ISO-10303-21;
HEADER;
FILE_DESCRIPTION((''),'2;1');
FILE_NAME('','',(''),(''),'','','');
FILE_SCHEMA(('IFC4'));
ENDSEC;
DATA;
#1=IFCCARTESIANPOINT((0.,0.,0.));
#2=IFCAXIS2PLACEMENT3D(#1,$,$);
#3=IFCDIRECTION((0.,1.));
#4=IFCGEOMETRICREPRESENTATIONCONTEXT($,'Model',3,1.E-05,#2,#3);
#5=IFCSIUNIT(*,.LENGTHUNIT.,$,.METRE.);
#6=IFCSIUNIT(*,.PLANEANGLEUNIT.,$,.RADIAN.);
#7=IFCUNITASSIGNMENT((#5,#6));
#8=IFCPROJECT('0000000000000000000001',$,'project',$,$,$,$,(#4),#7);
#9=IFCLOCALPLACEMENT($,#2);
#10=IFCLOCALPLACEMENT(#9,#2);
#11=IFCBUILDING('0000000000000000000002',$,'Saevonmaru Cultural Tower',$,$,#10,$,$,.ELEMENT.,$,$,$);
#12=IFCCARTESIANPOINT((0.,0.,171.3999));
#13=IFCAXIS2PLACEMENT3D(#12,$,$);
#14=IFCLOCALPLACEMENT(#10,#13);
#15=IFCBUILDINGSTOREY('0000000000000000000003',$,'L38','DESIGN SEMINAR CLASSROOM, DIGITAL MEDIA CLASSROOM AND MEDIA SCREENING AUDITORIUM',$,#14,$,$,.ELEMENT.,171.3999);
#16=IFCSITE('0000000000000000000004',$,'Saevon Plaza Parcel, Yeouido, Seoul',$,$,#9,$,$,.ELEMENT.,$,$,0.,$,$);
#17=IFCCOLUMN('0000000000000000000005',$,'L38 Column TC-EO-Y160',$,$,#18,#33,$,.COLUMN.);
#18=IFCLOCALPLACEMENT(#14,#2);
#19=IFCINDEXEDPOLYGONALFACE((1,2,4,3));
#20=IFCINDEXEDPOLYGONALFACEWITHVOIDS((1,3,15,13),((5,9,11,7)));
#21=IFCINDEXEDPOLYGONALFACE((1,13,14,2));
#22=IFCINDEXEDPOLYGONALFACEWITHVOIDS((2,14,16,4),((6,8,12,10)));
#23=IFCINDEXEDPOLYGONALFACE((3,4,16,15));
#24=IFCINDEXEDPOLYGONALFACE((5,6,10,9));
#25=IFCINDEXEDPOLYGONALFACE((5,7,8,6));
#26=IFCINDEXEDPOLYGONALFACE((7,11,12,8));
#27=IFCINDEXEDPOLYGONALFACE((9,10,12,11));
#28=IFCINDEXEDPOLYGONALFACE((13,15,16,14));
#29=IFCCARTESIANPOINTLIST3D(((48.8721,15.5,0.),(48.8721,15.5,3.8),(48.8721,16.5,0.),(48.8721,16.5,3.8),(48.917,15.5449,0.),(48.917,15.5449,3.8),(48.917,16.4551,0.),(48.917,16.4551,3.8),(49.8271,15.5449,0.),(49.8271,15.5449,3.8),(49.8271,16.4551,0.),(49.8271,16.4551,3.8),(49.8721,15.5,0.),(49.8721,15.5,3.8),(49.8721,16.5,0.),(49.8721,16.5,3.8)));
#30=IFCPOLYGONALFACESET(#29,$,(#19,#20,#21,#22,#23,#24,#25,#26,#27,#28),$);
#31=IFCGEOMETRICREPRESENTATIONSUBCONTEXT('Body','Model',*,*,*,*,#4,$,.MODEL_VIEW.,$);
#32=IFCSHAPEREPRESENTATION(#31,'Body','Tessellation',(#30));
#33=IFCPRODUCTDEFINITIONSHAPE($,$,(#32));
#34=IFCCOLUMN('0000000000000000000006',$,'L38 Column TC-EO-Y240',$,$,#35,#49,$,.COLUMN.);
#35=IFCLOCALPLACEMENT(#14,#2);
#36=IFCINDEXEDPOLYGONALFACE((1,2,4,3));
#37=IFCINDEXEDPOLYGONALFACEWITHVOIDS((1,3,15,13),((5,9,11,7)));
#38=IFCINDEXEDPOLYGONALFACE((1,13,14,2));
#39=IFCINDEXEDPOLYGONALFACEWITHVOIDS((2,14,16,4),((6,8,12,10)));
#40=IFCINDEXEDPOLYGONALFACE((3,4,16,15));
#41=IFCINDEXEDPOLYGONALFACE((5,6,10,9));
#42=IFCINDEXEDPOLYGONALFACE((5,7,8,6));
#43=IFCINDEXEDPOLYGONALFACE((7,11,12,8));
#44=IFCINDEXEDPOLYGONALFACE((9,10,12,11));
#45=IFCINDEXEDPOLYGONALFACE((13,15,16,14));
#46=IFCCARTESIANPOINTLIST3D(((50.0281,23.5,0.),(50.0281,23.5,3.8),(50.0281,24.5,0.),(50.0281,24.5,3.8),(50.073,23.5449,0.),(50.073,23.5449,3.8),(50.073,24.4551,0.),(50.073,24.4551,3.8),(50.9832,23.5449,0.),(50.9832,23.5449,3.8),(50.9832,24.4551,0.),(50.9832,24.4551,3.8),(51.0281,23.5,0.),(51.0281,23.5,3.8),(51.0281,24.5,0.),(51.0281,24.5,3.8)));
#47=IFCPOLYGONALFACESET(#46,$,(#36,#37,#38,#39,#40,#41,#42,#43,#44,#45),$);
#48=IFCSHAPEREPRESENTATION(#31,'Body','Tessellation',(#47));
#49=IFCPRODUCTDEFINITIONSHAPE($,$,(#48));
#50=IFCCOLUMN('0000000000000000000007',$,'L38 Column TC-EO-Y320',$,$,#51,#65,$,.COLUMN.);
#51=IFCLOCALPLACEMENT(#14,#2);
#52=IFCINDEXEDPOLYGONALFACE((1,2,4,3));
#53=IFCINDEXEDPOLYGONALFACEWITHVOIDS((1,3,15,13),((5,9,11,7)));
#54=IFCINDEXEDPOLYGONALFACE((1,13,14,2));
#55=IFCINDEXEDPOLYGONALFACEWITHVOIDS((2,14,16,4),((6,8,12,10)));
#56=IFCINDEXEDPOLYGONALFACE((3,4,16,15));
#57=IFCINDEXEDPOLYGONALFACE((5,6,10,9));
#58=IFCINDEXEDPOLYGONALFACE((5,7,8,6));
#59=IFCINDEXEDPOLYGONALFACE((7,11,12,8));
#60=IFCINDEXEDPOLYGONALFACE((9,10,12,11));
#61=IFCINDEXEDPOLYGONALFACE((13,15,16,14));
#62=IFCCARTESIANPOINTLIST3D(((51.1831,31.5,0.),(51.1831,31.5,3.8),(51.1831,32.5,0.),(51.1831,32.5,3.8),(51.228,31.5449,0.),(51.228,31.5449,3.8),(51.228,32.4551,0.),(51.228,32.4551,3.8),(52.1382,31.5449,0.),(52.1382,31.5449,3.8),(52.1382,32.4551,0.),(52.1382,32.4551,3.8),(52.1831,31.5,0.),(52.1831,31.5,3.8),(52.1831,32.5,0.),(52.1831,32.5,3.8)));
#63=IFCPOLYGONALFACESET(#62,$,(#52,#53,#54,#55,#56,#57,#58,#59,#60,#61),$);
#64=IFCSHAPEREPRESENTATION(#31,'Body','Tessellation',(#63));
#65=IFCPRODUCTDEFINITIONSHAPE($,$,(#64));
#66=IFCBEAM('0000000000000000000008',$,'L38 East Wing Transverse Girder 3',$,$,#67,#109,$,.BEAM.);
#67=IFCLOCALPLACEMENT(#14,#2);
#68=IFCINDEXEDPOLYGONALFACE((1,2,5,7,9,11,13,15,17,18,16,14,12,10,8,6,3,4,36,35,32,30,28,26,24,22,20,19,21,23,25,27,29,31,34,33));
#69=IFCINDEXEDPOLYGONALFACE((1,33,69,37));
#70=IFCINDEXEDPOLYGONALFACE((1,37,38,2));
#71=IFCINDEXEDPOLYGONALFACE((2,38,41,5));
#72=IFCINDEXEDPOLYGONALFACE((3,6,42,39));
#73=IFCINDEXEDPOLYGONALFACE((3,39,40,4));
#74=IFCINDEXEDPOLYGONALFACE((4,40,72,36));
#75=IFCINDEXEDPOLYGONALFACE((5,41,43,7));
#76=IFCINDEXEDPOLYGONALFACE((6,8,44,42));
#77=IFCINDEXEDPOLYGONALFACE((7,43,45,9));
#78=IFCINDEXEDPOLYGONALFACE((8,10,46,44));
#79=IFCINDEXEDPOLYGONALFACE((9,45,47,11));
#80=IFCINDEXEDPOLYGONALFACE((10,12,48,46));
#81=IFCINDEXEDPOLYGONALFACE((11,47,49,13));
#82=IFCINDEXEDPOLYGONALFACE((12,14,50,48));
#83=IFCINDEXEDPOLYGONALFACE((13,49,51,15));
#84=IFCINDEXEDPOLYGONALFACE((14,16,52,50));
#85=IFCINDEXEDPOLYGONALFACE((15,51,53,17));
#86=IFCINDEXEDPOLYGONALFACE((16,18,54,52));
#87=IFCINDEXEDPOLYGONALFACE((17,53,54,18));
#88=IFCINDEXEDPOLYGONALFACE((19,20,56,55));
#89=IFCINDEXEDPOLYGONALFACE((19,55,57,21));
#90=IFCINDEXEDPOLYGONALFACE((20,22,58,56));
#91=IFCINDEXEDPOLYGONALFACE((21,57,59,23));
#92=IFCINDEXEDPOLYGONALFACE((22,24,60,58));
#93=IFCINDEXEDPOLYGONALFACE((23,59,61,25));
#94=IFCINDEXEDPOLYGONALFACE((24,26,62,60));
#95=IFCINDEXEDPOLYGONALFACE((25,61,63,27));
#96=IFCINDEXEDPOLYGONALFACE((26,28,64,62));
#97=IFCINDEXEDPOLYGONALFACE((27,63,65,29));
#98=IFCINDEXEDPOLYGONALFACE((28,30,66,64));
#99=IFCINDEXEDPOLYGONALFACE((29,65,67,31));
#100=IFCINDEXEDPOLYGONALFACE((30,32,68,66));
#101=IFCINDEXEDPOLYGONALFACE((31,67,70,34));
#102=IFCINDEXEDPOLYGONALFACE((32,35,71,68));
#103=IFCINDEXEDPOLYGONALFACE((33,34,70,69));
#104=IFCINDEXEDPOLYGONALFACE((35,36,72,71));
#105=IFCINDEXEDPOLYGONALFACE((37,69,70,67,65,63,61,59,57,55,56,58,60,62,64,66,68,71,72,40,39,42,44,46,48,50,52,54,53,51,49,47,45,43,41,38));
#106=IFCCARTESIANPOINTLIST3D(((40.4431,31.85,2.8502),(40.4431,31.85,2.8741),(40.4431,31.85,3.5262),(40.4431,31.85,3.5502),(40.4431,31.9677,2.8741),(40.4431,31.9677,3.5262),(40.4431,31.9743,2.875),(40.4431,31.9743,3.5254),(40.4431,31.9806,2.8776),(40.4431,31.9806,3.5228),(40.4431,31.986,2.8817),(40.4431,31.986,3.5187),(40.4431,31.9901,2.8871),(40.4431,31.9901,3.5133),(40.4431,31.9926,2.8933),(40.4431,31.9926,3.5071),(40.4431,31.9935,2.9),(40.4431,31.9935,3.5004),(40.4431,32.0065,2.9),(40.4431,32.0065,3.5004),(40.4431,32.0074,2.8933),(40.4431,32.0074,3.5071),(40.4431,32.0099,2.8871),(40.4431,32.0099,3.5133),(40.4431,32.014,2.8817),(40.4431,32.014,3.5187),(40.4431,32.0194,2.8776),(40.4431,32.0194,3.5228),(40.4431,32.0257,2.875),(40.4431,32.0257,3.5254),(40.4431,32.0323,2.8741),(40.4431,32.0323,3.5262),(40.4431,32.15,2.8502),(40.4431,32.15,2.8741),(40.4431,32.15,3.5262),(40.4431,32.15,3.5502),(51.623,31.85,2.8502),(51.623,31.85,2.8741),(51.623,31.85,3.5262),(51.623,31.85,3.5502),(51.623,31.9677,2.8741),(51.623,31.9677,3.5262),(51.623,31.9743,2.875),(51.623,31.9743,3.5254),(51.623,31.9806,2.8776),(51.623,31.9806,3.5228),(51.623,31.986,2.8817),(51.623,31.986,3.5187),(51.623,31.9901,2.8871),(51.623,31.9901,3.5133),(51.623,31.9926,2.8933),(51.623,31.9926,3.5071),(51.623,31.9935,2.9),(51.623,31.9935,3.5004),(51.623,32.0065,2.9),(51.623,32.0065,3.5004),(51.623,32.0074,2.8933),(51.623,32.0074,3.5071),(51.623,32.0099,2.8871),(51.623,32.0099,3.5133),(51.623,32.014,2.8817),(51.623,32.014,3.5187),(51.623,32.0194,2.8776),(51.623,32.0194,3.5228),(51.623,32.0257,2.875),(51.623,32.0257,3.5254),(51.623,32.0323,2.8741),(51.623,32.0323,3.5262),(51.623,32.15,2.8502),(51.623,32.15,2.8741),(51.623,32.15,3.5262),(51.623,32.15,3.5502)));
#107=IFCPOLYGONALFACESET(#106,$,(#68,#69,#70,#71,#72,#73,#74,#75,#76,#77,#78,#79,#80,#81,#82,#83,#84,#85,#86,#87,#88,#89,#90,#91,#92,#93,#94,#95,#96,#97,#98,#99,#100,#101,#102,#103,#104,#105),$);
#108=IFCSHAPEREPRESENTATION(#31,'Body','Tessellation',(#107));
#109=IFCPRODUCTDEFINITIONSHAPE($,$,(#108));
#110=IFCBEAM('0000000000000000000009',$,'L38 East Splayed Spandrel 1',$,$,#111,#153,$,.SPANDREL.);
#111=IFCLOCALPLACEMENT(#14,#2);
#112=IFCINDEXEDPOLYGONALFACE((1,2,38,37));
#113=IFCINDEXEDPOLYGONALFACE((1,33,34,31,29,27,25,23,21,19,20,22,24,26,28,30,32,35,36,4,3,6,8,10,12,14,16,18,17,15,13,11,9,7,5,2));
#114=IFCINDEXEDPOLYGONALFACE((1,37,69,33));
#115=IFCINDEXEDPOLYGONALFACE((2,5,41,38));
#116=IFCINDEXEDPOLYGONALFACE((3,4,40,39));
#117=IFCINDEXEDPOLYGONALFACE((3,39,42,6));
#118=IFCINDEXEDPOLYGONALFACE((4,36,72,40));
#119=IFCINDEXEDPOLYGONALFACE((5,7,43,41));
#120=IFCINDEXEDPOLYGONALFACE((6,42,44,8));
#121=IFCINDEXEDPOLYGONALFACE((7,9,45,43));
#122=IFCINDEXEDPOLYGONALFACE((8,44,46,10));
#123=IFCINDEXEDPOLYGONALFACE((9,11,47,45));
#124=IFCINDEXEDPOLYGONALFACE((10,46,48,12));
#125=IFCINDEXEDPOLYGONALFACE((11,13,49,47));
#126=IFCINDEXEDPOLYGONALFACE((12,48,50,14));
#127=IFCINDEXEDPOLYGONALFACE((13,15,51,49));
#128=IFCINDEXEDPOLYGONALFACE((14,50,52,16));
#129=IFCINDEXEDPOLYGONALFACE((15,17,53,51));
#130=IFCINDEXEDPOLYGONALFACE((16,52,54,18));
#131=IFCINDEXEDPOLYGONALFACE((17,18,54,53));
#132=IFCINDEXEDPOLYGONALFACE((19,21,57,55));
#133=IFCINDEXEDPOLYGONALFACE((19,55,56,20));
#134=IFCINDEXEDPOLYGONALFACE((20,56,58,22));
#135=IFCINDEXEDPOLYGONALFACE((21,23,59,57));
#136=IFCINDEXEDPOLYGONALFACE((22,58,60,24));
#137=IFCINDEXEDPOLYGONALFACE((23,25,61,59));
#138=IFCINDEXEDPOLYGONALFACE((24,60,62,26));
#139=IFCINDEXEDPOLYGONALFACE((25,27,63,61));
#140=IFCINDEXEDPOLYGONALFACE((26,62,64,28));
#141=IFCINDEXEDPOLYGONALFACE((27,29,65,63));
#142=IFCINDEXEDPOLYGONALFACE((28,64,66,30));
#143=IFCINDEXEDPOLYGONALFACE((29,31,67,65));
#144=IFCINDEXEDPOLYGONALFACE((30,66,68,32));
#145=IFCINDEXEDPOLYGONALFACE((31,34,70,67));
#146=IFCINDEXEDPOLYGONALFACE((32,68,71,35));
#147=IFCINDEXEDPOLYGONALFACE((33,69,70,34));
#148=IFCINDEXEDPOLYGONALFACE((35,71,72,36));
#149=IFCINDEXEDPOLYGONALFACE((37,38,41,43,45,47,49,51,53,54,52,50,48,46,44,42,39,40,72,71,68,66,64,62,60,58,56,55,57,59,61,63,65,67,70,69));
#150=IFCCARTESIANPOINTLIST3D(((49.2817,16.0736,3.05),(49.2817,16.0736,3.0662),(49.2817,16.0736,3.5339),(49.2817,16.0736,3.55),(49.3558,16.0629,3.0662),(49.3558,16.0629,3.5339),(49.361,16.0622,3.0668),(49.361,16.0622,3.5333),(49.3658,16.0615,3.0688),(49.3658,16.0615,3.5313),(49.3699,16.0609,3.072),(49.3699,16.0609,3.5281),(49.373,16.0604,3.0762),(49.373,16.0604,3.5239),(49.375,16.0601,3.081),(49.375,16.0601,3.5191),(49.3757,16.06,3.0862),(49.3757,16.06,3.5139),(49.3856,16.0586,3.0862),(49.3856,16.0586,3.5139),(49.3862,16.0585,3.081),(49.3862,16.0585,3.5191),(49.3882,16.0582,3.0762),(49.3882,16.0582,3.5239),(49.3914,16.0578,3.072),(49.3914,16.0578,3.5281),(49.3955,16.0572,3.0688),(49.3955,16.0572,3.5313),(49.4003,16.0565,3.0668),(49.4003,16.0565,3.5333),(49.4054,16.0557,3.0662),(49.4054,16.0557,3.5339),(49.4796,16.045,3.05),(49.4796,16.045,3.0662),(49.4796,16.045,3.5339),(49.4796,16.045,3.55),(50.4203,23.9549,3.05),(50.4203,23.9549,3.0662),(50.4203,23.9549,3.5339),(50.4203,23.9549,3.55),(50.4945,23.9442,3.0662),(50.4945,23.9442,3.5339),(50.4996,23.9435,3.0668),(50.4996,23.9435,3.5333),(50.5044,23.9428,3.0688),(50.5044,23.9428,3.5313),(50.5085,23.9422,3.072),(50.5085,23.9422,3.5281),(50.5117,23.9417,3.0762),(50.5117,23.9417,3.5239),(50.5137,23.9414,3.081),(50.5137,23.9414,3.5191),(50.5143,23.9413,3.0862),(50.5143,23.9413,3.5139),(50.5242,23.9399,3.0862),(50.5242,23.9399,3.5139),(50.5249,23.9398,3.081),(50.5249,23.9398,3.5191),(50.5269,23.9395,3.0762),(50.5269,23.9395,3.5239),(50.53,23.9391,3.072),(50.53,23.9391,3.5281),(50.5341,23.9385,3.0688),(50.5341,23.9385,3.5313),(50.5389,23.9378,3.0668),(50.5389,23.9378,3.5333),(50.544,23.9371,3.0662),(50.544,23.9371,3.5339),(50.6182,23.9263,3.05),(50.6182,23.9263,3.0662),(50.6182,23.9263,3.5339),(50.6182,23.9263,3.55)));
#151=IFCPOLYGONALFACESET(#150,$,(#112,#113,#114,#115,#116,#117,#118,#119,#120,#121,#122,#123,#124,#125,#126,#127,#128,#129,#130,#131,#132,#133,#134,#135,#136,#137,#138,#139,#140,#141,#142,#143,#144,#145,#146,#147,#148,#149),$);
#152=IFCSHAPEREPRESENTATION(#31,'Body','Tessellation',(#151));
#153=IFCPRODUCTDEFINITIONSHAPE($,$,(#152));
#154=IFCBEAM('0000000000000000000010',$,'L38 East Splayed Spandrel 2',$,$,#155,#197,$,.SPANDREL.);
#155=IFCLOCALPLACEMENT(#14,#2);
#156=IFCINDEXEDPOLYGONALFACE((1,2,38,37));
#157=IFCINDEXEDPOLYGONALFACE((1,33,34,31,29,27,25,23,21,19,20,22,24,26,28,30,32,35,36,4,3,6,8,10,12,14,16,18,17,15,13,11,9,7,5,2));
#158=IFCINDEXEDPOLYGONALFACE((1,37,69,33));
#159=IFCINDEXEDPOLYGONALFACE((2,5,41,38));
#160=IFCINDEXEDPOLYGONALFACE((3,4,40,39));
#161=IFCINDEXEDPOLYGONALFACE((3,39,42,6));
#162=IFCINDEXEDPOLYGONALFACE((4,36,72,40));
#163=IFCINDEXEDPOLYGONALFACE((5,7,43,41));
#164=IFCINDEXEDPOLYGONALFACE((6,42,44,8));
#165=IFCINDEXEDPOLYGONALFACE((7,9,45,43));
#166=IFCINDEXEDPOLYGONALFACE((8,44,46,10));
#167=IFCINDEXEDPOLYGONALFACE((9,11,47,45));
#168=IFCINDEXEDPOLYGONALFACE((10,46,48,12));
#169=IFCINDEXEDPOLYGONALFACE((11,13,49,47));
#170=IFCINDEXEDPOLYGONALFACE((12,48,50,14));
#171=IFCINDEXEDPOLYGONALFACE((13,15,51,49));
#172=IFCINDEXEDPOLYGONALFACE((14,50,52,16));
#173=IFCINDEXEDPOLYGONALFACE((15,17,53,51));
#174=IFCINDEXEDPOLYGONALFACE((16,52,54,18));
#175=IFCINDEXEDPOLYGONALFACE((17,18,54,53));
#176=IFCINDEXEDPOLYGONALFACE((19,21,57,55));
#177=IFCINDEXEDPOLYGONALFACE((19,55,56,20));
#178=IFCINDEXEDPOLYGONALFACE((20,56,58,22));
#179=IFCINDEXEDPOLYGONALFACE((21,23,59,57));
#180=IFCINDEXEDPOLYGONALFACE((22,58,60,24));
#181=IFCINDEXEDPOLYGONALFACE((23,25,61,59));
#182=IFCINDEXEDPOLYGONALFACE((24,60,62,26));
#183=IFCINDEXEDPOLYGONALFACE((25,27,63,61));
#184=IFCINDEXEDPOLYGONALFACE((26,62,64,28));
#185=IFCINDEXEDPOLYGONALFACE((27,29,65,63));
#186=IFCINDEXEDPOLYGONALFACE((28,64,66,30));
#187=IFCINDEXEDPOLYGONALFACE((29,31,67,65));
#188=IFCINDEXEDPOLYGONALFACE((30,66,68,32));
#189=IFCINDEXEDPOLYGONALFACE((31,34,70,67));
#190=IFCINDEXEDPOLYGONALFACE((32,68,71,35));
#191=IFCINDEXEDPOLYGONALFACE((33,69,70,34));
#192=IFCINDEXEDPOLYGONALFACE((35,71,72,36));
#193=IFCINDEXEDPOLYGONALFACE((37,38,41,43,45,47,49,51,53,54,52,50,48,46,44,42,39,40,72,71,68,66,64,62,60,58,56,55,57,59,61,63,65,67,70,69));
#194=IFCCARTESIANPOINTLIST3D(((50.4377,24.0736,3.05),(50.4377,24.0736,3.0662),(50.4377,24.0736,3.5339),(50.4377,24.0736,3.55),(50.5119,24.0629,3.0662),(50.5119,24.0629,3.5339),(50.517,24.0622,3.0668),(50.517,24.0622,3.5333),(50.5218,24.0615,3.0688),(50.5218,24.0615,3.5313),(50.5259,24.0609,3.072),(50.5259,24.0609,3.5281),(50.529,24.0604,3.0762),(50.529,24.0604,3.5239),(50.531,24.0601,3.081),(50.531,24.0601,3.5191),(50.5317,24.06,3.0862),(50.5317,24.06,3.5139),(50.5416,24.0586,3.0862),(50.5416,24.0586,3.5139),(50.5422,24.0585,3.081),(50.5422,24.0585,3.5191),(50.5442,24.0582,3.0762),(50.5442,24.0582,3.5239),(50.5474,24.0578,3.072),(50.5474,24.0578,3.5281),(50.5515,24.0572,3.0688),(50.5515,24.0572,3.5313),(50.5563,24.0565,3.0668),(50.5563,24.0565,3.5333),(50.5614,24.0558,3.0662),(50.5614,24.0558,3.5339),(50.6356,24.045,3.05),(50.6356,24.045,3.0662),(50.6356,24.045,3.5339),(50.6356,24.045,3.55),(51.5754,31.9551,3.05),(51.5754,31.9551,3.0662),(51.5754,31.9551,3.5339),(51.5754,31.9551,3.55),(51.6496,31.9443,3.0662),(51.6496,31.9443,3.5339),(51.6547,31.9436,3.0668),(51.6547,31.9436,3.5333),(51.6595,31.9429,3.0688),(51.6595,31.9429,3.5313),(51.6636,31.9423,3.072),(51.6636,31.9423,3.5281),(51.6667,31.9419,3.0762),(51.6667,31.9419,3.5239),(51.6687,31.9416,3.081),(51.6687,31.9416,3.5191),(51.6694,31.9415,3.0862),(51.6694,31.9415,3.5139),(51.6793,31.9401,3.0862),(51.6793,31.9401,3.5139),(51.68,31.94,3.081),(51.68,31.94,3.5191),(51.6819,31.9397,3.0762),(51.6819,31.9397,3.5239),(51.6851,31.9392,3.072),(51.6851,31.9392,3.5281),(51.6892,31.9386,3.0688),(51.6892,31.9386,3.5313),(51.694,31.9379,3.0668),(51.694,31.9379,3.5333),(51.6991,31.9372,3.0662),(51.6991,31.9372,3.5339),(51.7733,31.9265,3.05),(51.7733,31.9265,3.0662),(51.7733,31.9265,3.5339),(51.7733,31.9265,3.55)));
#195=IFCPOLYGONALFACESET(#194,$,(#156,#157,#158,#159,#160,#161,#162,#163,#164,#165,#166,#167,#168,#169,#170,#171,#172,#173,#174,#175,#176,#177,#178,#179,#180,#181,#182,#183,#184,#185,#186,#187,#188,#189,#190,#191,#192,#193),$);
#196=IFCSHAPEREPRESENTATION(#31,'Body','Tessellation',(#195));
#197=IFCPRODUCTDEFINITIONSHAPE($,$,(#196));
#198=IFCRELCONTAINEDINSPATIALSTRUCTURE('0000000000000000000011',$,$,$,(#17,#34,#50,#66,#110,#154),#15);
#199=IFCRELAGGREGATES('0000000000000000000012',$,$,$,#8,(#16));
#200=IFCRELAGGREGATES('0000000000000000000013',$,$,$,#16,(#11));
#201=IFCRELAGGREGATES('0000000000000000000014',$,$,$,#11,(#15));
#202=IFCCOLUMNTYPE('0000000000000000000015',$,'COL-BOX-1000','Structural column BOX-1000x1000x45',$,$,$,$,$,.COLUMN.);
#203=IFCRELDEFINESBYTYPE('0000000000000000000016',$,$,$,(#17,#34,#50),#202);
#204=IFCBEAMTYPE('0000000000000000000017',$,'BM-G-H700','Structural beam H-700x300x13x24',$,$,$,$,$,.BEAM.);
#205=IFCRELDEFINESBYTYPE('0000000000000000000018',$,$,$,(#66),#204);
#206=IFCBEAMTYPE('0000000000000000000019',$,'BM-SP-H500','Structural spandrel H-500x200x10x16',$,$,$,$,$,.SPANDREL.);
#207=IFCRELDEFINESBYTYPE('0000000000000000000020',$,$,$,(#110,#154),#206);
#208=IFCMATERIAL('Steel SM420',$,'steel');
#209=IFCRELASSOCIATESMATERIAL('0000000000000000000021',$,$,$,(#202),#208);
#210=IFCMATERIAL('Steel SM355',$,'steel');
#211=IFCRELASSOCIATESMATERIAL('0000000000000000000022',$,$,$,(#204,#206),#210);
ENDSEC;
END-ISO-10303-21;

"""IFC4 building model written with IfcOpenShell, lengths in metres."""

from ifc_helpers import new_model, si_unit, direction, frame, origin, origin_2d, place, context, subcontext, project, spatial, hollow_rectangle, i_section, extrude, material, material_profile, profile_set, type_object, element, save


model = new_model("IFC4")

# Units and contexts
model_context = context("Model", 3, precision=1e-05, world=origin(), true_north=direction((0.0, 1.0)))
body_context = subcontext(model_context, "Body", "Model", "MODEL_VIEW")
ifc_project = project(units=[si_unit("LENGTHUNIT", "METRE"), si_unit("PLANEANGLEUNIT", "RADIAN")], contexts=[model_context])

# Site, building, storey
site_placement = place(None, origin())
site = spatial("IfcSite", under=ifc_project, at=site_placement, Name="Saevon Plaza Parcel, Yeouido, Seoul", CompositionType="ELEMENT", RefElevation=0.0)
building_placement = place(site_placement, origin())
building = spatial("IfcBuilding", under=site, at=building_placement, Name="Saevonmaru Cultural Tower", CompositionType="ELEMENT")
storey_placement = place(building_placement, frame((0.0, 0.0, 171.3999)))
storey = spatial("IfcBuildingStorey", under=building, at=storey_placement, Name="L38", Description="DESIGN SEMINAR CLASSROOM, DIGITAL MEDIA CLASSROOM AND MEDIA SCREENING AUDITORIUM", CompositionType="ELEMENT", Elevation=171.3999)

# Columns
ifc_material_1 = material(Name="Steel SM420", Category="steel")
ifc_material_profile_1 = material_profile(ifc_material_1, hollow_rectangle(XDim=1.0, YDim=1.0, WallThickness=0.0449, at=origin_2d()), Name="BOX-1000x1000x45")
ifc_profile_set_1 = profile_set([ifc_material_profile_1], Name="Steel SM420")
column_type = type_object("IfcColumnType", Name="COL-BOX-1000", Description="Structural column BOX-1000x1000x45", PredefinedType="COLUMN", material=ifc_profile_set_1)
for number, where, z_axis, x_axis, name in (
    (1, (49.3721, 16.0, 0.0), (0.0, 0.0, 1.0), (1.0, 0.0, 0.0), "L38 Column TC-EO-Y160"),
    (2, (50.5281, 24.0, 0.0), (0.0, 0.0, 1.0), (1.0, 0.0, 0.0), "L38 Column TC-EO-Y240"),
    (3, (51.6831, 32.0, 0.0), (0.0, 0.0, 1.0), (1.0, 0.0, 0.0), "L38 Column TC-EO-Y320"),
):
    element("IfcColumn", number, at=place(storey_placement, frame(where, z_axis=z_axis, x_axis=x_axis)), inside=storey, type_object=column_type, Name=name, PredefinedType="COLUMN", context=body_context, shape_type="SweptSolid", body=[
        extrude(hollow_rectangle(XDim=1.0, YDim=1.0, WallThickness=0.0449, at=origin_2d()), origin(), (0.0, 0.0, 1.0), 3.8),
    ])

# Beams
ifc_material_2 = material(Name="Steel SM355", Category="steel")
ifc_material_profile_2 = material_profile(ifc_material_2, i_section(OverallWidth=0.3, OverallDepth=0.7, WebThickness=0.0129, FlangeThickness=0.0239, FilletRadius=0.0259, at=origin_2d()), Name="H-700x300x13x24")
ifc_profile_set_2 = profile_set([ifc_material_profile_2], Name="Steel SM355")
beam_type_1 = type_object("IfcBeamType", Name="BM-G-H700", Description="Structural beam H-700x300x13x24", PredefinedType="BEAM", material=ifc_profile_set_2)
beam_1_placement = place(storey_placement, frame((40.4431, 32.0, 3.2002), z_axis=(1.0, 0.0, 0.0), x_axis=(0.0, 1.0, 0.0)))
element("IfcBeam", 4, at=beam_1_placement, inside=storey, type_object=beam_type_1, Name="L38 East Wing Transverse Girder 3", PredefinedType="BEAM", context=body_context, shape_type="SweptSolid", body=[
    extrude(i_section(OverallWidth=0.3, OverallDepth=0.7, WebThickness=0.0129, FlangeThickness=0.0239, FilletRadius=0.0259, at=origin_2d()), origin(), (0.0, 0.0, 1.0), 11.1799),
])
ifc_material_profile_3 = material_profile(ifc_material_2, i_section(OverallWidth=0.2, OverallDepth=0.5, WebThickness=0.01, FlangeThickness=0.0161, FilletRadius=0.02, at=origin_2d()), Name="H-500x200x10x16")
ifc_profile_set_3 = profile_set([ifc_material_profile_3], Name="Steel SM355")
beam_type_2 = type_object("IfcBeamType", Name="BM-SP-H500", Description="Structural spandrel H-500x200x10x16", PredefinedType="SPANDREL", material=ifc_profile_set_3)
for number, where, z_axis, x_axis, name in (
    (5, (49.3806, 16.0593, 3.3), (0.142992, 0.989724, 0.0), (-0.989724, 0.142992, 0.0), "L38 East Splayed Spandrel 1"),
    (6, (50.5366, 24.0593, 3.3), (0.142872, 0.989741, 0.0), (-0.989741, 0.142872, 0.0), "L38 East Splayed Spandrel 2"),
):
    element("IfcBeam", number, at=place(storey_placement, frame(where, z_axis=z_axis, x_axis=x_axis)), inside=storey, type_object=beam_type_2, Name=name, PredefinedType="SPANDREL", context=body_context, shape_type="SweptSolid", body=[
        extrude(i_section(OverallWidth=0.2, OverallDepth=0.5, WebThickness=0.01, FlangeThickness=0.0161, FilletRadius=0.02, at=origin_2d()), origin(), (0.0, 0.0, 1.0), 7.9631),
    ])

save(model, "model.ifc")
